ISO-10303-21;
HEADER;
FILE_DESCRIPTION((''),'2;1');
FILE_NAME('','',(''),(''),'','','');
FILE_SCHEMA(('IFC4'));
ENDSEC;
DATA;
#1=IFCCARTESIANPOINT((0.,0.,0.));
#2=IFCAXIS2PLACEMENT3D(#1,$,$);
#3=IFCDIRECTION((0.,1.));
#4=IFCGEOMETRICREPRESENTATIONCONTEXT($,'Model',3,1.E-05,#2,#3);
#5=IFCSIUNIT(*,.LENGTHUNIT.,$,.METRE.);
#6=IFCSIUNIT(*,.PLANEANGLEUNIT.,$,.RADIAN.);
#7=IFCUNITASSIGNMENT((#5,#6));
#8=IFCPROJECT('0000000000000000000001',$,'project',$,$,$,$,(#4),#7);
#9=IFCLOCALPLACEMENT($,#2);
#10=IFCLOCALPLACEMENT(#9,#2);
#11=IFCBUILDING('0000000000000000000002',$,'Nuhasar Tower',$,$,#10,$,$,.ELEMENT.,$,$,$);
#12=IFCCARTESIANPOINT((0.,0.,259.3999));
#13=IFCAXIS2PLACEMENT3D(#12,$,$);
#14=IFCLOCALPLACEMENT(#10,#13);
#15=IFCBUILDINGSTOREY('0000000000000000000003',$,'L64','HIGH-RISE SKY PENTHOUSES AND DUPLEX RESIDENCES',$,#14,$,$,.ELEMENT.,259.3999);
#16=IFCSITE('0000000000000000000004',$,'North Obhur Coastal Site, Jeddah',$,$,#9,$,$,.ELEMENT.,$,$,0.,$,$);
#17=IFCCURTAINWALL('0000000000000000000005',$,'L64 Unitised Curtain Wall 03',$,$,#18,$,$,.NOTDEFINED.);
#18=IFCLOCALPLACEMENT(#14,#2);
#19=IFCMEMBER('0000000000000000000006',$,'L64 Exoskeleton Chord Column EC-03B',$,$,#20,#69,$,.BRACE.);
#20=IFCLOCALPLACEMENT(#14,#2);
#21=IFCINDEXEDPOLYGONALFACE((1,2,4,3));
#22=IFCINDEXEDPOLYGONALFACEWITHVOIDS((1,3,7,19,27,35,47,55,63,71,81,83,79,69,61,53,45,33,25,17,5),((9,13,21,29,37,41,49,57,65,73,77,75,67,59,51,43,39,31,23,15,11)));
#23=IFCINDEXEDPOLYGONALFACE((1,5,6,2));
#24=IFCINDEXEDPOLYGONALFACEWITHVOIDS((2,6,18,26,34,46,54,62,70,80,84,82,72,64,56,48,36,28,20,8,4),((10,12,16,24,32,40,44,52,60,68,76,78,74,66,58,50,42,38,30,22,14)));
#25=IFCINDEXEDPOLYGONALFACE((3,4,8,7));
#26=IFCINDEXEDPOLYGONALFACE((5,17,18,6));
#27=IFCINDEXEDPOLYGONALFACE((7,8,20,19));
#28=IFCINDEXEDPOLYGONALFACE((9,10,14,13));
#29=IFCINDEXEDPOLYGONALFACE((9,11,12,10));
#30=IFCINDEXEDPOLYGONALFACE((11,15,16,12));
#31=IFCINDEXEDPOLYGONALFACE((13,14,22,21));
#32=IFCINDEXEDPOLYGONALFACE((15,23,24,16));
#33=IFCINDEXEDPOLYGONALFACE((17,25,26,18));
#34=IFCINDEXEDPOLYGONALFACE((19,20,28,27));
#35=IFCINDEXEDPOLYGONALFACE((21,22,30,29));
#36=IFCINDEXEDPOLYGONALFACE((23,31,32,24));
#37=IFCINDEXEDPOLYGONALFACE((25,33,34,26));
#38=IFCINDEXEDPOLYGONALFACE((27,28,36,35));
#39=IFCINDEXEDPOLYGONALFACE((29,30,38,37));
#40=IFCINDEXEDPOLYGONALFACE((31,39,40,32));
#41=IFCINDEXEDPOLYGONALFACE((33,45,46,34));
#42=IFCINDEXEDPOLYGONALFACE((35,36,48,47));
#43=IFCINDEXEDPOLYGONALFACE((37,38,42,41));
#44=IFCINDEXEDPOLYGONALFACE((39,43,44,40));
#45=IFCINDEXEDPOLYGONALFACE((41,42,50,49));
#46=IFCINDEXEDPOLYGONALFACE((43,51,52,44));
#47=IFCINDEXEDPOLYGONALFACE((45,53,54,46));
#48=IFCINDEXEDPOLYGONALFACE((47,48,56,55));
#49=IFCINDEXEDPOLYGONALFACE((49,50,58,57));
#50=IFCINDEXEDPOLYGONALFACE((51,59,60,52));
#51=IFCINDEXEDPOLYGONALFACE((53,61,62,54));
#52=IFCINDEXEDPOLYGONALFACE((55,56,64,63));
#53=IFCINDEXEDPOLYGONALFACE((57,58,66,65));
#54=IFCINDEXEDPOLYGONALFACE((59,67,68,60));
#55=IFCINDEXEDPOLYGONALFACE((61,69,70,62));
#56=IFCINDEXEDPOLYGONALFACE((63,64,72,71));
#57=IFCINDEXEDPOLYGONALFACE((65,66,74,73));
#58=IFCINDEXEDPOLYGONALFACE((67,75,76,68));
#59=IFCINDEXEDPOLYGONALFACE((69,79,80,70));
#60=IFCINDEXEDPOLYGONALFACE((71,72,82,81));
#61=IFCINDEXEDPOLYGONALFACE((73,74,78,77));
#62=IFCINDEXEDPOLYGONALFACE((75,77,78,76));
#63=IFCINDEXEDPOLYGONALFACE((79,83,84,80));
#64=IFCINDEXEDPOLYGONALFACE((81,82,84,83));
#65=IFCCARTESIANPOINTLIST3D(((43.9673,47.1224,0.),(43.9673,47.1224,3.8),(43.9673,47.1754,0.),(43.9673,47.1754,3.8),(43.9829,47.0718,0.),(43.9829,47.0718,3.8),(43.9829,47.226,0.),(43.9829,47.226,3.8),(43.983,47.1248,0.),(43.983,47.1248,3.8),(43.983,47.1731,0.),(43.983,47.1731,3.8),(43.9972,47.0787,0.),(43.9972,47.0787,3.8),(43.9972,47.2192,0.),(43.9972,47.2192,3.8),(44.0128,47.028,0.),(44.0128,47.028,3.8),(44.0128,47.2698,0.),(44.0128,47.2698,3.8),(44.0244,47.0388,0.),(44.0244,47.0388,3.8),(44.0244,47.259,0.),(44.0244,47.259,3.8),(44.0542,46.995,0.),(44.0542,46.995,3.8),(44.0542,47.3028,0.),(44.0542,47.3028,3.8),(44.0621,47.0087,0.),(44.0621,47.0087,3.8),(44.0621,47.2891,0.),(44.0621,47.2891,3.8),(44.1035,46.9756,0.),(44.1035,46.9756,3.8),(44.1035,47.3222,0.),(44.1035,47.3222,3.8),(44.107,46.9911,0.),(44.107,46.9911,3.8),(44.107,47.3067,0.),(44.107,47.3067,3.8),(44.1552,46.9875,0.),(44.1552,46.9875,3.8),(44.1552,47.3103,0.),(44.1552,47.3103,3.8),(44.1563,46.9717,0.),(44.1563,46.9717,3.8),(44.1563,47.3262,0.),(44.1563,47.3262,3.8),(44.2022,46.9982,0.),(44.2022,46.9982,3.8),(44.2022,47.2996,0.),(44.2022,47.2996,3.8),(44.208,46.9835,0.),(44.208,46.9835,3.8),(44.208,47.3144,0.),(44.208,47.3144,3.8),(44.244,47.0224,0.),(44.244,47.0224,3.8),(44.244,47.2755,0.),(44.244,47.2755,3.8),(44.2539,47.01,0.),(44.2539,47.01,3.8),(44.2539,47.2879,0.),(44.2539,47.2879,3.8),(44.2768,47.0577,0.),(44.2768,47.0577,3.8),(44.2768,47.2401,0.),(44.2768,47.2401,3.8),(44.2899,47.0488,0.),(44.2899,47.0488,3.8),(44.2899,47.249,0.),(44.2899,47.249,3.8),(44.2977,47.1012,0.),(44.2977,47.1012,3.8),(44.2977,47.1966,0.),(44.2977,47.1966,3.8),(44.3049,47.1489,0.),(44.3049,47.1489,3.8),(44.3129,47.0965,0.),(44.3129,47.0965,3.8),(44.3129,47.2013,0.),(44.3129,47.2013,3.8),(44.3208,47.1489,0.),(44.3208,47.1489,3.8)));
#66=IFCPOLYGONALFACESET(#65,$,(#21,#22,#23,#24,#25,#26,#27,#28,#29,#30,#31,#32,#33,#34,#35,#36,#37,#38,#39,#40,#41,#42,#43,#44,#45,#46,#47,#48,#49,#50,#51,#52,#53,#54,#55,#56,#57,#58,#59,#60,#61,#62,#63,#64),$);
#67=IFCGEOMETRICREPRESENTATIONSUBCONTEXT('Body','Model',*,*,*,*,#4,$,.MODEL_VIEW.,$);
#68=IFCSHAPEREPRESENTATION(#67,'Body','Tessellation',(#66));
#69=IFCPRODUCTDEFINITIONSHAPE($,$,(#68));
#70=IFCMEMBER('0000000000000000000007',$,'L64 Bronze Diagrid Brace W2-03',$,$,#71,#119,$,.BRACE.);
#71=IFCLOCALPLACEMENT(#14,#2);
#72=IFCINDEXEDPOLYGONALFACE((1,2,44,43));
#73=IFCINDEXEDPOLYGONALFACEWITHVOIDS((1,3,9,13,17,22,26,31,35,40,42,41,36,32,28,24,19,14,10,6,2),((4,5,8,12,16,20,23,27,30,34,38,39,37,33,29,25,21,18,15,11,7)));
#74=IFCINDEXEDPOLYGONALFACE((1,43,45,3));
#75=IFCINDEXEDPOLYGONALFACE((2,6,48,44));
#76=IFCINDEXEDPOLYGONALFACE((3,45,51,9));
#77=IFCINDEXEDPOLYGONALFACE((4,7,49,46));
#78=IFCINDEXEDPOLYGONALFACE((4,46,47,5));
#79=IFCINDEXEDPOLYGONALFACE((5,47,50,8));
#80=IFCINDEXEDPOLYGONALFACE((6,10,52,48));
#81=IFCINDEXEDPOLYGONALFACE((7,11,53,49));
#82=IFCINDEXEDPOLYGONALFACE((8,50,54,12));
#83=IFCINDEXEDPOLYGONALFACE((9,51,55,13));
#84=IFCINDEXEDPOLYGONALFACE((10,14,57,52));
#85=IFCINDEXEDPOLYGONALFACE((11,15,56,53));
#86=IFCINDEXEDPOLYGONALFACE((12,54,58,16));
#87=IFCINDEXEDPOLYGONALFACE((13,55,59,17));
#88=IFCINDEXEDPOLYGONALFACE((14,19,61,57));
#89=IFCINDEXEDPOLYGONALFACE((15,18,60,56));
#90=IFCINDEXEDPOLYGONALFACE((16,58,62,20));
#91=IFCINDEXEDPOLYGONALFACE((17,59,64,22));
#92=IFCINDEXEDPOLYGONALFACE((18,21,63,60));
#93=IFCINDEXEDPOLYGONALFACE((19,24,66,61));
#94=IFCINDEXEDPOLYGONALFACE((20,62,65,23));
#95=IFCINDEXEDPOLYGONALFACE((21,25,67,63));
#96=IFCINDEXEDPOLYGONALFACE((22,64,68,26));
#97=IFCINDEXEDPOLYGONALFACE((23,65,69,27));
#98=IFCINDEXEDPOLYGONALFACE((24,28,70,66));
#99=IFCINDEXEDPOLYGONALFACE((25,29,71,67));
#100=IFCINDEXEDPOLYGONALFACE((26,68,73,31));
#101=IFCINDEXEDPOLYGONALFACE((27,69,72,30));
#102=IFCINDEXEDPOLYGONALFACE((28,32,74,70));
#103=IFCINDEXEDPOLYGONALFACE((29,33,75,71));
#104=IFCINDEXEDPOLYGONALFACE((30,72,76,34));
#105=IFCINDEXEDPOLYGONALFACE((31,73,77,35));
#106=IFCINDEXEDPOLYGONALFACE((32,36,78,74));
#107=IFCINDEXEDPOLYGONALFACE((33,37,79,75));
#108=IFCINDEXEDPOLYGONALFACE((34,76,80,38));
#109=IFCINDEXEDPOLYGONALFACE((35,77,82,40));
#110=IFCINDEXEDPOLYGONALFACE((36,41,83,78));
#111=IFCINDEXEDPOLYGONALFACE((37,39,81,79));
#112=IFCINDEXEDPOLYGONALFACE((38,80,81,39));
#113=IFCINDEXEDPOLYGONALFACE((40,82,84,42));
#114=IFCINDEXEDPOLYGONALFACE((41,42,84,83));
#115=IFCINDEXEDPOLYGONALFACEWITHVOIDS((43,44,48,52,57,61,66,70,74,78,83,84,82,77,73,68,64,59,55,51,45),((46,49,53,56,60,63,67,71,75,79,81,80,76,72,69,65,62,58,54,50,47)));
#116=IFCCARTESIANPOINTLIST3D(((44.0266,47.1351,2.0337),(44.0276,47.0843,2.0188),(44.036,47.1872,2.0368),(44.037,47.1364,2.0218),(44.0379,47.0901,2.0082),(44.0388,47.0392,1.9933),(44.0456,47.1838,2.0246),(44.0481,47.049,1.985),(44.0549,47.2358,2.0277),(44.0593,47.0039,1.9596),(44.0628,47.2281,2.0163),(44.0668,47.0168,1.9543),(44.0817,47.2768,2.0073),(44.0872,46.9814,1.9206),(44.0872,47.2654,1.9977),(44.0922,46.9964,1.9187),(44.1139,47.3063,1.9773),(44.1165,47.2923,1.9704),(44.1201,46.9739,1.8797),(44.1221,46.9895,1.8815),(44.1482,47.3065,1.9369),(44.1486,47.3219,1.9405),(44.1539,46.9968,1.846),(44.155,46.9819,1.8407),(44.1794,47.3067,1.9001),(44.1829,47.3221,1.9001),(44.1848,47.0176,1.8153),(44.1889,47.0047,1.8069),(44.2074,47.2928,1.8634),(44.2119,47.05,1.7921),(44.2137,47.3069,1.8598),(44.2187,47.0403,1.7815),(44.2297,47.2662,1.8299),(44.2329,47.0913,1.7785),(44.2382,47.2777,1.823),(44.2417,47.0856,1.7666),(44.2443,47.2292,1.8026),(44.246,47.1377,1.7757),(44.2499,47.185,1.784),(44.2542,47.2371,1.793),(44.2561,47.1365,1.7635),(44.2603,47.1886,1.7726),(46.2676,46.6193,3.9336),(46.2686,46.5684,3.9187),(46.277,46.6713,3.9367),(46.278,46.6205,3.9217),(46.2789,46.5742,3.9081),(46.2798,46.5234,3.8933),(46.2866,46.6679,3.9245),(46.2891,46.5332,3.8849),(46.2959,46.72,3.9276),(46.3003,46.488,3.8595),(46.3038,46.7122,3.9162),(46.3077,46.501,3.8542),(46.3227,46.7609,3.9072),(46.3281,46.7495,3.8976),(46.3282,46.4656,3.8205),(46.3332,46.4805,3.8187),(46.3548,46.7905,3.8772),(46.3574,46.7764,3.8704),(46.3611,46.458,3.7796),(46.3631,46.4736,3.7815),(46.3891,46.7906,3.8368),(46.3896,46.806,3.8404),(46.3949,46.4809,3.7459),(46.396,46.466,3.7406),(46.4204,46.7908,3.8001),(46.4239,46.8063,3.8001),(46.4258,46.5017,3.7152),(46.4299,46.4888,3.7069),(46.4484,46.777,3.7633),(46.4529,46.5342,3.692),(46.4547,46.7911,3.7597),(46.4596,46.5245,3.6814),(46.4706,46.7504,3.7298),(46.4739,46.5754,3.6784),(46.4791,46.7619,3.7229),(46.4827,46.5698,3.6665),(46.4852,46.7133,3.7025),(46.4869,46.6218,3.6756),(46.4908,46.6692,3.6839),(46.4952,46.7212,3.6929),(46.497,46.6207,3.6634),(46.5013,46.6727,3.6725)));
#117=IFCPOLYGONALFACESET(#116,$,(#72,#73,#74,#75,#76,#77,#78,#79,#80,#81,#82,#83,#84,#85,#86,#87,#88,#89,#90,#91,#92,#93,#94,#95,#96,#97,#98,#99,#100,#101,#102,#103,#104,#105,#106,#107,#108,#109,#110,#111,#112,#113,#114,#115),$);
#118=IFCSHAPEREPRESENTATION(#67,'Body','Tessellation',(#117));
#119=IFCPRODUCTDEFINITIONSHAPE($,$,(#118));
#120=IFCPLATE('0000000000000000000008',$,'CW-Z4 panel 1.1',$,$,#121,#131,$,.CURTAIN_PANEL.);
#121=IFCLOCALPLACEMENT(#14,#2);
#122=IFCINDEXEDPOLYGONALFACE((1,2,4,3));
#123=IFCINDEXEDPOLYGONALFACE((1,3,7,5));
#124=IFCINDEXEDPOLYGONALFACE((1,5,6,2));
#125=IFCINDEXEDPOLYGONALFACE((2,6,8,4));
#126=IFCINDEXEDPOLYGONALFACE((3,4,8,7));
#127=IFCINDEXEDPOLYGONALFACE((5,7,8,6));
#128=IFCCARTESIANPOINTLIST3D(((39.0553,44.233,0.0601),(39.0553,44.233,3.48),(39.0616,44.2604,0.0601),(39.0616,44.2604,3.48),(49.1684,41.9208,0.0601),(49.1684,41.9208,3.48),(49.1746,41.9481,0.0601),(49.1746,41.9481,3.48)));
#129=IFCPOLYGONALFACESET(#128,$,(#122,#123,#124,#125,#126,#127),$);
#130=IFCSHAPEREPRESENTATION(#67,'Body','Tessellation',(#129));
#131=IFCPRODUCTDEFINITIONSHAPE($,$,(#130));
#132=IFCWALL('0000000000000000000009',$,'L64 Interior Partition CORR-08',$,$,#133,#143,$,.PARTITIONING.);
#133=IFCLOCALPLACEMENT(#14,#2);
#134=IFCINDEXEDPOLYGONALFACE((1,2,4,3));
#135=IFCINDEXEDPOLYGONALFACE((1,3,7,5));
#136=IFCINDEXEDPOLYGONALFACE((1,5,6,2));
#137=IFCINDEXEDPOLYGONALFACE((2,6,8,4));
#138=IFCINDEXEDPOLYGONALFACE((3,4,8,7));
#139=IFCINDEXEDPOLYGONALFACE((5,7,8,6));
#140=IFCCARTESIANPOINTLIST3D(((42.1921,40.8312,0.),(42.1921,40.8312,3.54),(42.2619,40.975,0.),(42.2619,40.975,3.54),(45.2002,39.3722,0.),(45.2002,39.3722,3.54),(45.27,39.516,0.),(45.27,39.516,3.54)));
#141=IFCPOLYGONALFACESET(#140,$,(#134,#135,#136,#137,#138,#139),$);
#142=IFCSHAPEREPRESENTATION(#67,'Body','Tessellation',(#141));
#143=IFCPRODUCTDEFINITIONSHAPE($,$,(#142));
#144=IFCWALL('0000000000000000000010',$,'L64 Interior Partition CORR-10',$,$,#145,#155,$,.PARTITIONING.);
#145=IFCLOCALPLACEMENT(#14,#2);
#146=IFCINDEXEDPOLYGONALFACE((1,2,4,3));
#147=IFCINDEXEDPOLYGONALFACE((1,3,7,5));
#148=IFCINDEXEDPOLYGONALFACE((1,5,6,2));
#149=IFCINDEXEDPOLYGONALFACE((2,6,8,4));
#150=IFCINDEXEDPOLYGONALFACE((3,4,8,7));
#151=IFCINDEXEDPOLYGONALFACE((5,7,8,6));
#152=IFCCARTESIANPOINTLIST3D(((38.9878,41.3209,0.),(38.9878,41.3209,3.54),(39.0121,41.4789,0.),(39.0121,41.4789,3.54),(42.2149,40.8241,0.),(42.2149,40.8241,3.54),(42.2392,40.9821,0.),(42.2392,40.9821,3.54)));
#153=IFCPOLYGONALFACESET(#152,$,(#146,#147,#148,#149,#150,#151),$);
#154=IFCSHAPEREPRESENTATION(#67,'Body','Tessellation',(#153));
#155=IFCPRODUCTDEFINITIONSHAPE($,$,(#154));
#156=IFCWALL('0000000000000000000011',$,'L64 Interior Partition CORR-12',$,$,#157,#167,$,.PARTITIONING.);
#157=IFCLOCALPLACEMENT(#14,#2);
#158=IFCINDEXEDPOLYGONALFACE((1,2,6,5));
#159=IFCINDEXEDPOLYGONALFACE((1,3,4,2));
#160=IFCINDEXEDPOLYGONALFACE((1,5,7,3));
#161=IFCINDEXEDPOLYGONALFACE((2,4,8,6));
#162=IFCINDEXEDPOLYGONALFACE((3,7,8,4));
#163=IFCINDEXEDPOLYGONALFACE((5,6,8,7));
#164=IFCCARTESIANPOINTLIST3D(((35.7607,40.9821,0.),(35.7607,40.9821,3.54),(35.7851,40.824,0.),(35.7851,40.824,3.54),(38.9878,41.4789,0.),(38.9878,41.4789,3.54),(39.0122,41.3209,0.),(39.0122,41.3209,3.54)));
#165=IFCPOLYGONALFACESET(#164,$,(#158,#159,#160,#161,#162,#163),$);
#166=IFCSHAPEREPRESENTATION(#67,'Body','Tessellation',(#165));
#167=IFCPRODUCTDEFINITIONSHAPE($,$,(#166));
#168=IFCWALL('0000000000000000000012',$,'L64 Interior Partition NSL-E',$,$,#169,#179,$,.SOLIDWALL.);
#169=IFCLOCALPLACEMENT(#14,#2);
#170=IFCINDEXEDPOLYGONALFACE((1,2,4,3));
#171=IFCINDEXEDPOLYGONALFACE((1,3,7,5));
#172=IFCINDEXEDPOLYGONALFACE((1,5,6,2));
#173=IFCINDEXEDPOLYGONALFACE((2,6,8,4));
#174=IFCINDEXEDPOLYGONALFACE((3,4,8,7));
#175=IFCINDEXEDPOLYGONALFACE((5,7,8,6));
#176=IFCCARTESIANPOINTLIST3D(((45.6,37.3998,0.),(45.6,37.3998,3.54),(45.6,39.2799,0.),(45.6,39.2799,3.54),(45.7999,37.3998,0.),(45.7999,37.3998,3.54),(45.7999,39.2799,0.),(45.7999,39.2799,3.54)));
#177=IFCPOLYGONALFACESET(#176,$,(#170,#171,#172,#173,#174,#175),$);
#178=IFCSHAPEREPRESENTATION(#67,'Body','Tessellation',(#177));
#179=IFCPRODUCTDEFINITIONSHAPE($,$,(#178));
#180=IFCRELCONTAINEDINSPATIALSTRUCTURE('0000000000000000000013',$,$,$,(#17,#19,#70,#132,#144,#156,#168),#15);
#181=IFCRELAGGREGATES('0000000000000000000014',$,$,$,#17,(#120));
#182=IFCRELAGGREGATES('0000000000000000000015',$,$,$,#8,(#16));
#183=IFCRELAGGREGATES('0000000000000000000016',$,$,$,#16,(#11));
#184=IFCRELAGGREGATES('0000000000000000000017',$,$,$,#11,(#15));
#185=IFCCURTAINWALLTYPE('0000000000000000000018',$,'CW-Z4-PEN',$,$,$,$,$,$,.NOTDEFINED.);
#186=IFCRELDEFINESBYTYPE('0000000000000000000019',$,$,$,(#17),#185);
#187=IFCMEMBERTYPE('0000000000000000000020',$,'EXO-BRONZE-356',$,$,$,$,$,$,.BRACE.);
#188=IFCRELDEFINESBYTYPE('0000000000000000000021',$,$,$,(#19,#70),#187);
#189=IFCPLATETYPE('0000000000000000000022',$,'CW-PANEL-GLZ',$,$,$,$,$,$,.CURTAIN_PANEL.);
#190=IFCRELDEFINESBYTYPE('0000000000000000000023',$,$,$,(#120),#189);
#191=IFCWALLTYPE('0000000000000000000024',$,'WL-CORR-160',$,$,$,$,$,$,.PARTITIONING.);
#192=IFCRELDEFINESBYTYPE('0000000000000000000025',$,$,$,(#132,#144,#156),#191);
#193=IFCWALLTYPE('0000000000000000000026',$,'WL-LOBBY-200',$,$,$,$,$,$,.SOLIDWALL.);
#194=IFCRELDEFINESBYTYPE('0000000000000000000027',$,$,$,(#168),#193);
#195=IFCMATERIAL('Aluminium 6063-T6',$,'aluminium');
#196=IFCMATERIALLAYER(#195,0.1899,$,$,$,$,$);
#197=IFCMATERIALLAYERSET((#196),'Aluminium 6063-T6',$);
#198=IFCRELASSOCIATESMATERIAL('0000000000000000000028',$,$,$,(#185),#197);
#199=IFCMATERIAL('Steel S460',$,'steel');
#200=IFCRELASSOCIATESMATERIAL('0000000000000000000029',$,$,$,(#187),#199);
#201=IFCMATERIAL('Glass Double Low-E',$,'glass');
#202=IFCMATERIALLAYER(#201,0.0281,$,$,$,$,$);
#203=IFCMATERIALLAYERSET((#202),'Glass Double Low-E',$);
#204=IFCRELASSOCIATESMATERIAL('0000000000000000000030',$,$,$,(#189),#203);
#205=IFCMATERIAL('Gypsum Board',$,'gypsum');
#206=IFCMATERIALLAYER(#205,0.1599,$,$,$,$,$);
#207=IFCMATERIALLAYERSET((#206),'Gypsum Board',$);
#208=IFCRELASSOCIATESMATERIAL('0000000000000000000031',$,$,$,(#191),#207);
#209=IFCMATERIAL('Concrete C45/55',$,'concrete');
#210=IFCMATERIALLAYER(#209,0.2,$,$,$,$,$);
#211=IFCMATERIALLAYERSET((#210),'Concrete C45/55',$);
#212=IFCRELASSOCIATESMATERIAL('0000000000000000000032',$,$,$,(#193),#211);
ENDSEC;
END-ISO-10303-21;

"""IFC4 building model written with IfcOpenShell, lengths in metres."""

from ifc_helpers import new_model, si_unit, direction, frame, frame_2d, origin, origin_2d, place, context, subcontext, project, spatial, rectangle, hollow_circle, extrude, material, layer, layer_set, material_profile, profile_set, type_object, element, aggregate, save


model = new_model("IFC4")

# Units and contexts
model_context = context("Model", 3, precision=1e-05, world=origin(), true_north=direction((0.0, 1.0)))
body_context = subcontext(model_context, "Body", "Model", "MODEL_VIEW")
ifc_project = project(units=[si_unit("LENGTHUNIT", "METRE"), si_unit("PLANEANGLEUNIT", "RADIAN")], contexts=[model_context])

# Site, building, storey
site_placement = place(None, origin())
site = spatial("IfcSite", under=ifc_project, at=site_placement, Name="North Obhur Coastal Site, Jeddah", CompositionType="ELEMENT", RefElevation=0.0)
building_placement = place(site_placement, origin())
building = spatial("IfcBuilding", under=site, at=building_placement, Name="Nuhasar Tower", CompositionType="ELEMENT")
storey_placement = place(building_placement, frame((0.0, 0.0, 259.3999)))
storey = spatial("IfcBuildingStorey", under=building, at=storey_placement, Name="L64", Description="HIGH-RISE SKY PENTHOUSES AND DUPLEX RESIDENCES", CompositionType="ELEMENT", Elevation=259.3999)

# Curtain wall
ifc_material_1 = material(Name="Aluminium 6063-T6", Category="aluminium")
ifc_layer_1 = layer(ifc_material_1, 0.1899)
ifc_layer_set_1 = layer_set([ifc_layer_1], Name="Aluminium 6063-T6")
curtain_wall_type = type_object("IfcCurtainWallType", Name="CW-Z4-PEN", PredefinedType="NOTDEFINED", material=ifc_layer_set_1)
curtain_wall_placement = place(storey_placement, origin())
curtain_wall = element("IfcCurtainWall", 1, at=curtain_wall_placement, inside=storey, type_object=curtain_wall_type, Name="L64 Unitised Curtain Wall 03", PredefinedType="NOTDEFINED")

# Members
ifc_material_2 = material(Name="Steel S460", Category="steel")
ifc_material_profile_1 = material_profile(ifc_material_2, hollow_circle(Radius=0.1777, WallThickness=0.0159, at=origin_2d()), Name="HSS355.6X15.9")
ifc_profile_set_1 = profile_set([ifc_material_profile_1], Name="Steel S460")
member_type_1 = type_object("IfcMemberType", Name="EXO-BRONZE-356", PredefinedType="BRACE", material=ifc_profile_set_1)
member_1_placement = place(storey_placement, frame((44.1431, 47.1489, 0.0), z_axis=(0.0, 0.0, 1.0), x_axis=(1.0, 0.0, 0.0)))
element("IfcMember", 2, at=member_1_placement, inside=storey, type_object=member_type_1, Name="L64 Exoskeleton Chord Column EC-03B", PredefinedType="BRACE", context=body_context, shape_type="SweptSolid", body=[
    extrude(hollow_circle(Radius=0.1777, WallThickness=0.0159, at=origin_2d()), origin(), (0.0, 0.0, 1.0), 3.8),
])
member_2_placement = place(storey_placement, frame((44.1431, 47.1489, 1.9001), z_axis=(0.751272, -0.172942, 0.636932), x_axis=(0.224332, 0.974513, 0.0)))
element("IfcMember", 3, at=member_2_placement, inside=storey, type_object=member_type_1, Name="L64 Bronze Diagrid Brace W2-03", PredefinedType="BRACE", context=body_context, shape_type="SweptSolid", body=[
    extrude(hollow_circle(Radius=0.1777, WallThickness=0.0159, at=origin_2d()), origin(), (0.0, 0.0, 1.0), 2.9829),
])

# Plate
ifc_material_3 = material(Name="Glass Double Low-E", Category="glass")
ifc_layer_2 = layer(ifc_material_3, 0.0281)
ifc_layer_set_2 = layer_set([ifc_layer_2], Name="Glass Double Low-E")
plate_type = type_object("IfcPlateType", Name="CW-PANEL-GLZ", PredefinedType="CURTAIN_PANEL", material=ifc_layer_set_2)
plate_placement = place(storey_placement, frame((44.115, 43.0906, 0.0601), z_axis=(0.0, 0.0, 1.0), x_axis=(-0.974844, 0.222889, 0.0)))
plate = element("IfcPlate", 4, at=plate_placement, type_object=plate_type, Name="CW-Z4 panel 1.1", PredefinedType="CURTAIN_PANEL", context=body_context, shape_type="SweptSolid", body=[
    extrude(rectangle(XDim=10.374, YDim=0.0281, at=origin_2d()), origin(), (0.0, 0.0, 1.0), 3.4199),
])
aggregate(curtain_wall, [plate])

# Shared definitions
ifc_material_4 = material(Name="Gypsum Board", Category="gypsum")
ifc_layer_3 = layer(ifc_material_4, 0.1599)
ifc_layer_set_3 = layer_set([ifc_layer_3], Name="Gypsum Board")
wall_type_1 = type_object("IfcWallType", Name="WL-CORR-160", PredefinedType="PARTITIONING", material=ifc_layer_set_3)

# Walls
wall_1_placement = place(storey_placement, frame((45.2351, 39.4441, 0.0), z_axis=(0.0, 0.0, 1.0), x_axis=(-0.899752, 0.436403, 0.0)))
element("IfcWall", 5, at=wall_1_placement, inside=storey, type_object=wall_type_1, Name="L64 Interior Partition CORR-08", PredefinedType="PARTITIONING", context=body_context, shape_type="SweptSolid", body=[
    extrude(rectangle(XDim=3.3433, YDim=0.1599, at=frame_2d((1.6716, 0.0))), origin(), (0.0, 0.0, 1.0), 3.54),
])
for number, where, z_axis, x_axis, name in (
    (6, (42.2271, 40.9031, 0.0), (0.0, 0.0, 1.0), (-0.988355, 0.152164, 0.0), "L64 Interior Partition CORR-10"),
    (7, (39.0, 41.3999, 0.0), (0.0, 0.0, 1.0), (-0.988355, -0.152164, 0.0), "L64 Interior Partition CORR-12"),
):
    element("IfcWall", number, at=place(storey_placement, frame(where, z_axis=z_axis, x_axis=x_axis)), inside=storey, type_object=wall_type_1, Name=name, PredefinedType="PARTITIONING", context=body_context, shape_type="SweptSolid", body=[
        extrude(rectangle(XDim=3.2651, YDim=0.1599, at=frame_2d((1.6326, 0.0))), origin(), (0.0, 0.0, 1.0), 3.54),
    ])
ifc_material_5 = material(Name="Concrete C45/55", Category="concrete")
ifc_layer_4 = layer(ifc_material_5, 0.2)
ifc_layer_set_4 = layer_set([ifc_layer_4], Name="Concrete C45/55")
wall_type_2 = type_object("IfcWallType", Name="WL-LOBBY-200", PredefinedType="SOLIDWALL", material=ifc_layer_set_4)
wall_2_placement = place(storey_placement, frame((45.7, 37.3999, 0.0), z_axis=(0.0, 0.0, 1.0), x_axis=(0.0, 1.0, 0.0)))
element("IfcWall", 8, at=wall_2_placement, inside=storey, type_object=wall_type_2, Name="L64 Interior Partition NSL-E", PredefinedType="SOLIDWALL", context=body_context, shape_type="SweptSolid", body=[
    extrude(rectangle(XDim=1.8801, YDim=0.2, at=frame_2d((0.9399, 0.0))), origin(), (0.0, 0.0, 1.0), 3.54),
])

save(model, "model.ifc")
